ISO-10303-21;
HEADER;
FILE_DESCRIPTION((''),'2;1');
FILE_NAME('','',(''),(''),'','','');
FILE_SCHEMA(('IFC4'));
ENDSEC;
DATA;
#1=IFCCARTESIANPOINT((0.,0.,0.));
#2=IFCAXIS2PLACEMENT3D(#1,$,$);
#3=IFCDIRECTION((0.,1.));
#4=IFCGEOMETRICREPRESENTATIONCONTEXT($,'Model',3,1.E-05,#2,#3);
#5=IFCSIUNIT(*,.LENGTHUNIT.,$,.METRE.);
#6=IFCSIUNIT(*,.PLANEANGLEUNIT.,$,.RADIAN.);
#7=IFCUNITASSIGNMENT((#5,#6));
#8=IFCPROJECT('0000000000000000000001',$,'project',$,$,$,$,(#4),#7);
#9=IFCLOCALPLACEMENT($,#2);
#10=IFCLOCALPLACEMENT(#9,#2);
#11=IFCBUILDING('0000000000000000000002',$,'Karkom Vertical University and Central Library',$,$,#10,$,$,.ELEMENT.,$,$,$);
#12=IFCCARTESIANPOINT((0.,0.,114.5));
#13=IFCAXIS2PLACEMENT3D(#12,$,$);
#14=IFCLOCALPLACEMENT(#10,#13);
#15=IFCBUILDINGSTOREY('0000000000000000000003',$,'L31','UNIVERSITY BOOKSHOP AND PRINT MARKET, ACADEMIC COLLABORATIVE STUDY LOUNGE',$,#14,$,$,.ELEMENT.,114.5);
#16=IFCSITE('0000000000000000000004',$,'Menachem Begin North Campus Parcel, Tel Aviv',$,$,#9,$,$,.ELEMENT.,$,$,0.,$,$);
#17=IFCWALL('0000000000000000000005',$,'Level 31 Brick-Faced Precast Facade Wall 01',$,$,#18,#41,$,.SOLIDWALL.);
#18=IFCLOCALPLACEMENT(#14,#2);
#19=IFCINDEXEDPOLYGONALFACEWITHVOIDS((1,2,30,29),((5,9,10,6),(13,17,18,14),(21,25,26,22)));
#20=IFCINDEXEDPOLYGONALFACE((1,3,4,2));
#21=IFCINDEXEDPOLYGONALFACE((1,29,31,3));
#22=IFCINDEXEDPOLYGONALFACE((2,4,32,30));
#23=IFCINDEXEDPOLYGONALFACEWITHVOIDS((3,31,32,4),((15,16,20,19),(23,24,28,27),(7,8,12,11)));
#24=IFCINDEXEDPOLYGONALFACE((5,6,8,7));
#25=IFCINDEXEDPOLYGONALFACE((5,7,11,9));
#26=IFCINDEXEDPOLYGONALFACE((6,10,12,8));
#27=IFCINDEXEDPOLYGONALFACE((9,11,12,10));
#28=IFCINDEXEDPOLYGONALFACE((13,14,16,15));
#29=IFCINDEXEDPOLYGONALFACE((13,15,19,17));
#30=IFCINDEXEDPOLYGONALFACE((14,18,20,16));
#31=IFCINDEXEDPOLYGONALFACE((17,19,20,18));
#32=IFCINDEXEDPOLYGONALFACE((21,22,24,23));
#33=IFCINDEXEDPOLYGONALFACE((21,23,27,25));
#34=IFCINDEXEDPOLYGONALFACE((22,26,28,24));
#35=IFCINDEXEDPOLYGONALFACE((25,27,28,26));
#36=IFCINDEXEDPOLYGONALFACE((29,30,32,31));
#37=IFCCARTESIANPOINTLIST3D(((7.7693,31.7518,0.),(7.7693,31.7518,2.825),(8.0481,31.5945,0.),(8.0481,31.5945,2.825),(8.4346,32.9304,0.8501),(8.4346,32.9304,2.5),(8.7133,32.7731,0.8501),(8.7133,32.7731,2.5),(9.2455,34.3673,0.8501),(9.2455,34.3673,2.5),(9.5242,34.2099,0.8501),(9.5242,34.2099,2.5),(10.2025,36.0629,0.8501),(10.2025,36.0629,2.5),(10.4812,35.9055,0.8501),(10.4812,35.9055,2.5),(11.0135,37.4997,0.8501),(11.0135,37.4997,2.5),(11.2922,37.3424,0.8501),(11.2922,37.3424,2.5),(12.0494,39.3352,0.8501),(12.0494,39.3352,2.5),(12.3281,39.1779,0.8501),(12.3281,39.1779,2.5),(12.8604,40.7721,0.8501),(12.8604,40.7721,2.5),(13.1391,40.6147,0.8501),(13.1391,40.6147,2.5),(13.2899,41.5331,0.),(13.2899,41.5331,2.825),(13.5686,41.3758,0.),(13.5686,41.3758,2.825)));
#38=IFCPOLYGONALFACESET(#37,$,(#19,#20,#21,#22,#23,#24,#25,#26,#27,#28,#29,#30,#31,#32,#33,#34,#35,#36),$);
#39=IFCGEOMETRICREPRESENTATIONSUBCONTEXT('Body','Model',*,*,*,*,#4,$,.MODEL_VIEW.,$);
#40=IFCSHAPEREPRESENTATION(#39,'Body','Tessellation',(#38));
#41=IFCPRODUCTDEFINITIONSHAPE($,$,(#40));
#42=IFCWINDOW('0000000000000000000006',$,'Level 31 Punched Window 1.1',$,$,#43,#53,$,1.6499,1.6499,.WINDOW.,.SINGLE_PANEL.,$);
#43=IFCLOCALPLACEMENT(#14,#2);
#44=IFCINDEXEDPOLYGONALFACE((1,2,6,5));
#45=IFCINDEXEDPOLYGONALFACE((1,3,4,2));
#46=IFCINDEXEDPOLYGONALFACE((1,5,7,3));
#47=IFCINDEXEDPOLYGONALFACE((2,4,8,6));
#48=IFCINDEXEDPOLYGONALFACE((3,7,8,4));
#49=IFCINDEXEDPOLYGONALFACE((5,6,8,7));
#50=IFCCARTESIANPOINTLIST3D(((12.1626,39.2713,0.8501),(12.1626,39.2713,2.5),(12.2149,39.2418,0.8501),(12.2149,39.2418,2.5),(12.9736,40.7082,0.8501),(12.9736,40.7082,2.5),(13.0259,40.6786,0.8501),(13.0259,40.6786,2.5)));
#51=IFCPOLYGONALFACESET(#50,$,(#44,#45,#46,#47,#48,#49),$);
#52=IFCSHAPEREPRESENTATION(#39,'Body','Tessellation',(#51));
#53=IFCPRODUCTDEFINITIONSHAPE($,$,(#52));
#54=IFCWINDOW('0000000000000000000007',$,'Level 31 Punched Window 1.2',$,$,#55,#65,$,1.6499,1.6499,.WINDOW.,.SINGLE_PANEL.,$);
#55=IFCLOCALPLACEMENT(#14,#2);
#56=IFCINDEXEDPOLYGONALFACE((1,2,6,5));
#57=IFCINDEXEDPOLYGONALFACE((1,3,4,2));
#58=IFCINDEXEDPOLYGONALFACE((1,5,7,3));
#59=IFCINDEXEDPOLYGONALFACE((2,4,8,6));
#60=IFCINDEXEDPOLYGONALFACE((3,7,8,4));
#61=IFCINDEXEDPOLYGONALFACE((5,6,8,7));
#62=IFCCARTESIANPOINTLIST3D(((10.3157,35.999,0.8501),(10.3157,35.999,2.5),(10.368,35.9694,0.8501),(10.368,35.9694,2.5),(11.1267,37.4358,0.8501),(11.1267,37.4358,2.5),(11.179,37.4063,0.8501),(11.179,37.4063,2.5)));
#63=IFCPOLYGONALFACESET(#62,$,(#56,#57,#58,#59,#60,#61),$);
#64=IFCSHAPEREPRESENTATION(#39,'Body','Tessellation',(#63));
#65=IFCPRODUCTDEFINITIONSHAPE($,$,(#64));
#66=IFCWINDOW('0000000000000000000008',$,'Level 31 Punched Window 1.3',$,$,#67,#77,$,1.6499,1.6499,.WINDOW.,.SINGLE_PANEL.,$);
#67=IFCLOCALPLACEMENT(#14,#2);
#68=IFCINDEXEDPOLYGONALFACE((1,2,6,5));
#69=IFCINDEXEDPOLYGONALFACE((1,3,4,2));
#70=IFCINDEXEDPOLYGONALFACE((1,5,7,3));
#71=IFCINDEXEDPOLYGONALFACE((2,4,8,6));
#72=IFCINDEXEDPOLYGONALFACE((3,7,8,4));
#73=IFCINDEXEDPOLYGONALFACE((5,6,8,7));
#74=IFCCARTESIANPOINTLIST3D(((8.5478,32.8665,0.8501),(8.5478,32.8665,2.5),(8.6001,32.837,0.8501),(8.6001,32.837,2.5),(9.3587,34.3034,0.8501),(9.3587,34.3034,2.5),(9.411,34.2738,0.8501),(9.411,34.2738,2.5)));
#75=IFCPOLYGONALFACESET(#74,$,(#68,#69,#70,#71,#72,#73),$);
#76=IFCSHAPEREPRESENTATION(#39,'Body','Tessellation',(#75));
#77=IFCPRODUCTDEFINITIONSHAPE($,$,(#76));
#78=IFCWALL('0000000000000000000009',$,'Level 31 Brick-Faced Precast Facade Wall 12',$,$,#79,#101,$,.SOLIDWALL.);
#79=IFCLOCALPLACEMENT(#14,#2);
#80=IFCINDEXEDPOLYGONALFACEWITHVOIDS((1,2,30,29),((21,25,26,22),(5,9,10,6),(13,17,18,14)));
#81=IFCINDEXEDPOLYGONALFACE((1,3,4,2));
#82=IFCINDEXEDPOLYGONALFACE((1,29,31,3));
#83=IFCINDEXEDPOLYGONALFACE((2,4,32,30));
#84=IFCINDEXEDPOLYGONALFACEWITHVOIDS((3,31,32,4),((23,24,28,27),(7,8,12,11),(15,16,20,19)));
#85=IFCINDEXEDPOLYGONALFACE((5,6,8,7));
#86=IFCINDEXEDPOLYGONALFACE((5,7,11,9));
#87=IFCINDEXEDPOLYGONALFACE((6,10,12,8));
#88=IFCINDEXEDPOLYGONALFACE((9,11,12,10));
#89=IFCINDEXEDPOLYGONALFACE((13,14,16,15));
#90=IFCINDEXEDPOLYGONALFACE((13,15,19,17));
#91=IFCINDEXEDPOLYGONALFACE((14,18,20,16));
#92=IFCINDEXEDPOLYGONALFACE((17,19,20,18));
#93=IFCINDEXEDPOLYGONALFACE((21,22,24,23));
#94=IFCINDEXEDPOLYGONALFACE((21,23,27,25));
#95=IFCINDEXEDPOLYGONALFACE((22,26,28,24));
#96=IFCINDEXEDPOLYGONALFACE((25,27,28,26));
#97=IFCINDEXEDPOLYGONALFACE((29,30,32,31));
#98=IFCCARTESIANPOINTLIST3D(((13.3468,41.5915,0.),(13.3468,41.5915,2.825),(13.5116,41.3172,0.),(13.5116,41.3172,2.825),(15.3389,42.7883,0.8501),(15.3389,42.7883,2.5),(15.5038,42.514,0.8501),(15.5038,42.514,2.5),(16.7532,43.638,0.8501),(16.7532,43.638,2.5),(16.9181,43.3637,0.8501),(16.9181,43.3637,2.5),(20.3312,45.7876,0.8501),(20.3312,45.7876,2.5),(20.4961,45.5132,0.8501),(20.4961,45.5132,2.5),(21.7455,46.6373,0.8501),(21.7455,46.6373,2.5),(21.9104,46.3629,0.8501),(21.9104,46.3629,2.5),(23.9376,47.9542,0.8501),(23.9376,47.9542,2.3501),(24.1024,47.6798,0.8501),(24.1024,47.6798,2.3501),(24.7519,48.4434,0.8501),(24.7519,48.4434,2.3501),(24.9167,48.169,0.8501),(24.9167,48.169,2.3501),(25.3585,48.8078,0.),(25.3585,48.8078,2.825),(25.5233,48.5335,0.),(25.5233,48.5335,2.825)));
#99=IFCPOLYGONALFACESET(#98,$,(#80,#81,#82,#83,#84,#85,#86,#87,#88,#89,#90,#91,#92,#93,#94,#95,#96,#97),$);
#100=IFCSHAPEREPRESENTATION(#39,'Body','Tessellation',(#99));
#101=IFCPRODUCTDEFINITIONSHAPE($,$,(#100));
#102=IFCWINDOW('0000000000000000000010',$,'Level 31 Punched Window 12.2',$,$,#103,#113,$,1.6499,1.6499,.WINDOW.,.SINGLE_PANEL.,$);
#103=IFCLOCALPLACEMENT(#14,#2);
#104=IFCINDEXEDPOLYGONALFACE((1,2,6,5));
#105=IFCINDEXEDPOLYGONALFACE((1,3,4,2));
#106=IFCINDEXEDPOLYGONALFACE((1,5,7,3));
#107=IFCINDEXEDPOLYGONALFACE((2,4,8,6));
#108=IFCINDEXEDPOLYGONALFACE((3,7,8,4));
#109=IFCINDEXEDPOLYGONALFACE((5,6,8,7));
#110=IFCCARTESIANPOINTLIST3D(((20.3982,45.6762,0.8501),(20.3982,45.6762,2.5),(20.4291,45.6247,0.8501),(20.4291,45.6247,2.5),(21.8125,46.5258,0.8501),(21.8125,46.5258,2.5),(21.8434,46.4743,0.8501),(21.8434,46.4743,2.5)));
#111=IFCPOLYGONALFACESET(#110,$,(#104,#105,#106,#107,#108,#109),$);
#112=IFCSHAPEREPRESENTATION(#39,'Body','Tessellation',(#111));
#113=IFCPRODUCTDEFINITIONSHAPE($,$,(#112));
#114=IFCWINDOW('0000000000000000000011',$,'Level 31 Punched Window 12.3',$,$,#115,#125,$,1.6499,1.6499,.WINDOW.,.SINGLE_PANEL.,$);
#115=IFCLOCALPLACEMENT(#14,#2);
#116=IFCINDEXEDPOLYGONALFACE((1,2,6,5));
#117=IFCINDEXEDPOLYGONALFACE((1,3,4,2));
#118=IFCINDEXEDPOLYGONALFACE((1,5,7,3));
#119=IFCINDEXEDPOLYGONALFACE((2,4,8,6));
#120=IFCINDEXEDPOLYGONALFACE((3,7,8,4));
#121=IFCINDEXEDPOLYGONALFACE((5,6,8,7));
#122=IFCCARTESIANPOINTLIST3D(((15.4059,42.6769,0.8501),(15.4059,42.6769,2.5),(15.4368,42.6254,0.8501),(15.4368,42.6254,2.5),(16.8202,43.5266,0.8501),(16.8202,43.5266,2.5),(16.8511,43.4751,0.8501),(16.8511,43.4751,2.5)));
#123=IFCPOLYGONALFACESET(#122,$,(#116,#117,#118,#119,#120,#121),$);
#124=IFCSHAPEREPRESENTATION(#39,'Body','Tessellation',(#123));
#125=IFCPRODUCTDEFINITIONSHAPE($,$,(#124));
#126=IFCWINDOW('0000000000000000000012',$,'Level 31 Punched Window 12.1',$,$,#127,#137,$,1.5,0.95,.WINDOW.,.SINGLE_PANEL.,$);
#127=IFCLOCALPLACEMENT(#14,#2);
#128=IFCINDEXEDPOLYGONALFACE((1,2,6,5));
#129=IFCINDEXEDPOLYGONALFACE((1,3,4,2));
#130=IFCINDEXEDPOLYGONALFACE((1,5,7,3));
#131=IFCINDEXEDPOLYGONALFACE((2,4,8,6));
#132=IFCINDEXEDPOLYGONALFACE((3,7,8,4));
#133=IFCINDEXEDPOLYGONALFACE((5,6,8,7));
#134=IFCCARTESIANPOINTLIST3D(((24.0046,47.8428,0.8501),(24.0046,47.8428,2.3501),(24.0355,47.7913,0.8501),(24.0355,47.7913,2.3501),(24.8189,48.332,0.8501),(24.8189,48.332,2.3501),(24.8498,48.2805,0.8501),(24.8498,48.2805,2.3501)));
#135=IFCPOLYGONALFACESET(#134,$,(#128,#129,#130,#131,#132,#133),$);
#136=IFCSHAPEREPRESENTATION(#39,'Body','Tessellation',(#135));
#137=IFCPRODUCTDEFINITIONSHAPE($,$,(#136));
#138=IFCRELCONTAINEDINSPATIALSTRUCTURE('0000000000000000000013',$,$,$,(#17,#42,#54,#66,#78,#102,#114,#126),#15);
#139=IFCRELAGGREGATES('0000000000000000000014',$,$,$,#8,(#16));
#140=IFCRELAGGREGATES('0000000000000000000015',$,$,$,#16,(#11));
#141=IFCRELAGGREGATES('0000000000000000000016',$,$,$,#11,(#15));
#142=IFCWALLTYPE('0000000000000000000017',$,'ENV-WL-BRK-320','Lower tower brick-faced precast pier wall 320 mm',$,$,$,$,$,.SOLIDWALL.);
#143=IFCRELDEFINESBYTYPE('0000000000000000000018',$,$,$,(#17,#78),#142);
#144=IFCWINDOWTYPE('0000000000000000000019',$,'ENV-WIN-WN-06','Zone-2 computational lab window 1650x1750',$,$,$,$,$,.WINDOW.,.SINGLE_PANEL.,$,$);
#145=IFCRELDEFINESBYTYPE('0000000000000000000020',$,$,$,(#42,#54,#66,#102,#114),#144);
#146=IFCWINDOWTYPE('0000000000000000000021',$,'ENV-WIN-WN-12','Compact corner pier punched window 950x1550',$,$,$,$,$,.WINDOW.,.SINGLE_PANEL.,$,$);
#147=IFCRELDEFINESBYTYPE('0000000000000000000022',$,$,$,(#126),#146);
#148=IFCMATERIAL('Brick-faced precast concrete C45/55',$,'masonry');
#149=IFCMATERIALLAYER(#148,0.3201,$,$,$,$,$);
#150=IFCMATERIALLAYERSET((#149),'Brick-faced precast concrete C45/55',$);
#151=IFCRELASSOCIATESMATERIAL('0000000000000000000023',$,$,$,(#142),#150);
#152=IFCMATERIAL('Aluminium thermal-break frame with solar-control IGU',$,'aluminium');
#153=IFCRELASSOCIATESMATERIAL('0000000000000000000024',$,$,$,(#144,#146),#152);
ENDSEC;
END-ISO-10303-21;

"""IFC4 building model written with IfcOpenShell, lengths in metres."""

from ifc_helpers import new_model, si_unit, direction, frame, frame_2d, origin, origin_with_axes, place, context, subcontext, project, spatial, rectangle, extrude, source, transform, mapped, material, layer, layer_set, type_object, element, fill, save


model = new_model("IFC4")

# Units and contexts
model_context = context("Model", 3, precision=1e-05, world=origin(), true_north=direction((0.0, 1.0)))
body_context = subcontext(model_context, "Body", "Model", "MODEL_VIEW")
ifc_project = project(units=[si_unit("LENGTHUNIT", "METRE"), si_unit("PLANEANGLEUNIT", "RADIAN")], contexts=[model_context])

# Site, building, storey
site_placement = place(None, origin())
site = spatial("IfcSite", under=ifc_project, at=site_placement, Name="Menachem Begin North Campus Parcel, Tel Aviv", CompositionType="ELEMENT", RefElevation=0.0)
building_placement = place(site_placement, origin())
building = spatial("IfcBuilding", under=site, at=building_placement, Name="Karkom Vertical University and Central Library", CompositionType="ELEMENT")
storey_placement = place(building_placement, frame((0.0, 0.0, 114.5)))
storey = spatial("IfcBuildingStorey", under=building, at=storey_placement, Name="L31", Description="UNIVERSITY BOOKSHOP AND PRINT MARKET, ACADEMIC COLLABORATIVE STUDY LOUNGE", CompositionType="ELEMENT", Elevation=114.5)

# Walls, openings, windows
ifc_material_1 = material(Name="Brick-faced precast concrete C45/55", Category="masonry")
ifc_layer_1 = layer(ifc_material_1, 0.3201)
ifc_layer_set_1 = layer_set([ifc_layer_1], Name="Brick-faced precast concrete C45/55")
wall_type_1 = type_object("IfcWallType", Name="ENV-WL-BRK-320", Description="Lower tower brick-faced precast pier wall 320 mm", PredefinedType="SOLIDWALL", material=ifc_layer_set_1)
wall_1_placement = place(storey_placement, frame((13.4292, 41.4543, 0.0), z_axis=(0.0, 0.0, 1.0), x_axis=(-0.491516, -0.870869, 0.0)))
wall_1 = element("IfcWall", 1, at=wall_1_placement, inside=storey, type_object=wall_type_1, Name="Level 31 Brick-Faced Precast Facade Wall 01", PredefinedType="SOLIDWALL", context=body_context, shape_type="SweptSolid", body=[
    extrude(rectangle(XDim=11.2317, YDim=0.3201, at=frame_2d((5.6157, 0.0))), origin(), (0.0, 0.0, 1.0), 2.825),
])
opening_1_placement = place(wall_1_placement, frame((0.8738, 0.0, 0.8501)))
opening_1 = element("IfcOpeningElement", 2, at=opening_1_placement, cuts=wall_1, PredefinedType="OPENING", context=body_context, shape_type="SweptSolid", body=[
    extrude(rectangle(XDim=1.6499, YDim=1.6499, at=frame_2d((0.825, 0.825))), frame((0.0, 0.1699, 0.0), z_axis=(0.0, -1.0, 0.0), x_axis=(1.0, 0.0, 0.0)), (0.0, 0.0, 1.0), 0.3401),
])
opening_2_placement = place(wall_1_placement, frame((4.6313, 0.0, 0.8501)))
opening_2 = element("IfcOpeningElement", 3, at=opening_2_placement, cuts=wall_1, PredefinedType="OPENING", context=body_context, shape_type="SweptSolid", body=[
    extrude(rectangle(XDim=1.6499, YDim=1.6499, at=frame_2d((0.825, 0.825))), frame((0.0, 0.1699, 0.0), z_axis=(0.0, -1.0, 0.0), x_axis=(1.0, 0.0, 0.0)), (0.0, 0.0, 1.0), 0.3401),
])
opening_3_placement = place(wall_1_placement, frame((8.2283, 0.0, 0.8501)))
opening_3 = element("IfcOpeningElement", 4, at=opening_3_placement, cuts=wall_1, PredefinedType="OPENING", context=body_context, shape_type="SweptSolid", body=[
    extrude(rectangle(XDim=1.6499, YDim=1.6499, at=frame_2d((0.825, 0.825))), frame((0.0, 0.1699, 0.0), z_axis=(0.0, -1.0, 0.0), x_axis=(1.0, 0.0, 0.0)), (0.0, 0.0, 1.0), 0.3401),
])
ifc_material_2 = material(Name="Aluminium thermal-break frame with solar-control IGU", Category="aluminium")
window_type_1 = type_object("IfcWindowType", Name="ENV-WIN-WN-06", Description="Zone-2 computational lab window 1650x1750", PartitioningType="SINGLE_PANEL", PredefinedType="WINDOW", material=ifc_material_2)
shared_shape_1 = source(origin_with_axes(), body_context, "Body", "SweptSolid", [
    extrude(rectangle(XDim=1.6499, YDim=1.6499, at=frame_2d((0.825, 0.825))), frame((0.0, 0.03, 0.0), z_axis=(0.0, -1.0, 0.0), x_axis=(1.0, 0.0, 0.0)), (0.0, 0.0, 1.0), 0.0601),
])
window_1_placement = place(opening_1_placement, origin())
window_1 = element("IfcWindow", 5, at=window_1_placement, inside=storey, type_object=window_type_1, Name="Level 31 Punched Window 1.1", OverallHeight=1.6499, OverallWidth=1.6499, PartitioningType="SINGLE_PANEL", PredefinedType="WINDOW", context=body_context, shape_type="MappedRepresentation", body=[
    mapped(shared_shape_1, transform((0.0, 0.0, 0.0), scale=1.0)),
])
fill(opening_1, window_1)
window_2_placement = place(opening_2_placement, origin())
window_2 = element("IfcWindow", 6, at=window_2_placement, inside=storey, type_object=window_type_1, Name="Level 31 Punched Window 1.2", OverallHeight=1.6499, OverallWidth=1.6499, PartitioningType="SINGLE_PANEL", PredefinedType="WINDOW", context=body_context, shape_type="MappedRepresentation", body=[
    mapped(shared_shape_1, transform((0.0, 0.0, 0.0), scale=1.0)),
])
fill(opening_2, window_2)
window_3_placement = place(opening_3_placement, origin())
window_3 = element("IfcWindow", 7, at=window_3_placement, inside=storey, type_object=window_type_1, Name="Level 31 Punched Window 1.3", OverallHeight=1.6499, OverallWidth=1.6499, PartitioningType="SINGLE_PANEL", PredefinedType="WINDOW", context=body_context, shape_type="MappedRepresentation", body=[
    mapped(shared_shape_1, transform((0.0, 0.0, 0.0), scale=1.0)),
])
fill(opening_3, window_3)
wall_2_placement = place(storey_placement, frame((25.4409, 48.6707, 0.0), z_axis=(0.0, 0.0, 1.0), x_axis=(-0.857201, -0.514982, 0.0)))
wall_2 = element("IfcWall", 8, at=wall_2_placement, inside=storey, type_object=wall_type_1, Name="Level 31 Brick-Faced Precast Facade Wall 12", PredefinedType="SOLIDWALL", context=body_context, shape_type="SweptSolid", body=[
    extrude(rectangle(XDim=14.0127, YDim=0.3201, at=frame_2d((7.0063, 0.0))), origin(), (0.0, 0.0, 1.0), 2.825),
])
opening_4_placement = place(wall_2_placement, frame((0.7075, 0.0, 0.8501)))
opening_4 = element("IfcOpeningElement", 9, at=opening_4_placement, cuts=wall_2, PredefinedType="OPENING", context=body_context, shape_type="SweptSolid", body=[
    extrude(rectangle(XDim=0.95, YDim=1.5, at=frame_2d((0.4751, 0.75))), frame((0.0, 0.1699, 0.0), z_axis=(0.0, -1.0, 0.0), x_axis=(1.0, 0.0, 0.0)), (0.0, 0.0, 1.0), 0.3401),
])
opening_5_placement = place(wall_2_placement, frame((4.2148, 0.0, 0.8501)))
opening_5 = element("IfcOpeningElement", 10, at=opening_5_placement, cuts=wall_2, PredefinedType="OPENING", context=body_context, shape_type="SweptSolid", body=[
    extrude(rectangle(XDim=1.6499, YDim=1.6499, at=frame_2d((0.825, 0.825))), frame((0.0, 0.1699, 0.0), z_axis=(0.0, -1.0, 0.0), x_axis=(1.0, 0.0, 0.0)), (0.0, 0.0, 1.0), 0.3401),
])
opening_6_placement = place(wall_2_placement, frame((10.0388, 0.0, 0.8501)))
opening_6 = element("IfcOpeningElement", 11, at=opening_6_placement, cuts=wall_2, PredefinedType="OPENING", context=body_context, shape_type="SweptSolid", body=[
    extrude(rectangle(XDim=1.6499, YDim=1.6499, at=frame_2d((0.825, 0.825))), frame((0.0, 0.1699, 0.0), z_axis=(0.0, -1.0, 0.0), x_axis=(1.0, 0.0, 0.0)), (0.0, 0.0, 1.0), 0.3401),
])
window_4_placement = place(opening_5_placement, origin())
window_4 = element("IfcWindow", 12, at=window_4_placement, inside=storey, type_object=window_type_1, Name="Level 31 Punched Window 12.2", OverallHeight=1.6499, OverallWidth=1.6499, PartitioningType="SINGLE_PANEL", PredefinedType="WINDOW", context=body_context, shape_type="MappedRepresentation", body=[
    mapped(shared_shape_1, transform((0.0, 0.0, 0.0), scale=1.0)),
])
fill(opening_5, window_4)
window_5_placement = place(opening_6_placement, origin())
window_5 = element("IfcWindow", 13, at=window_5_placement, inside=storey, type_object=window_type_1, Name="Level 31 Punched Window 12.3", OverallHeight=1.6499, OverallWidth=1.6499, PartitioningType="SINGLE_PANEL", PredefinedType="WINDOW", context=body_context, shape_type="MappedRepresentation", body=[
    mapped(shared_shape_1, transform((0.0, 0.0, 0.0), scale=1.0)),
])
fill(opening_6, window_5)
window_type_2 = type_object("IfcWindowType", Name="ENV-WIN-WN-12", Description="Compact corner pier punched window 950x1550", PartitioningType="SINGLE_PANEL", PredefinedType="WINDOW", material=ifc_material_2)
shared_shape_2 = source(origin_with_axes(), body_context, "Body", "SweptSolid", [
    extrude(rectangle(XDim=0.95, YDim=1.5, at=frame_2d((0.4751, 0.75))), frame((0.0, 0.03, 0.0), z_axis=(0.0, -1.0, 0.0), x_axis=(1.0, 0.0, 0.0)), (0.0, 0.0, 1.0), 0.0601),
])
window_6_placement = place(opening_4_placement, origin())
window_6 = element("IfcWindow", 14, at=window_6_placement, inside=storey, type_object=window_type_2, Name="Level 31 Punched Window 12.1", OverallHeight=1.5, OverallWidth=0.95, PartitioningType="SINGLE_PANEL", PredefinedType="WINDOW", context=body_context, shape_type="MappedRepresentation", body=[
    mapped(shared_shape_2, transform((0.0, 0.0, 0.0), scale=1.0)),
])
fill(opening_4, window_6)

save(model, "model.ifc")
